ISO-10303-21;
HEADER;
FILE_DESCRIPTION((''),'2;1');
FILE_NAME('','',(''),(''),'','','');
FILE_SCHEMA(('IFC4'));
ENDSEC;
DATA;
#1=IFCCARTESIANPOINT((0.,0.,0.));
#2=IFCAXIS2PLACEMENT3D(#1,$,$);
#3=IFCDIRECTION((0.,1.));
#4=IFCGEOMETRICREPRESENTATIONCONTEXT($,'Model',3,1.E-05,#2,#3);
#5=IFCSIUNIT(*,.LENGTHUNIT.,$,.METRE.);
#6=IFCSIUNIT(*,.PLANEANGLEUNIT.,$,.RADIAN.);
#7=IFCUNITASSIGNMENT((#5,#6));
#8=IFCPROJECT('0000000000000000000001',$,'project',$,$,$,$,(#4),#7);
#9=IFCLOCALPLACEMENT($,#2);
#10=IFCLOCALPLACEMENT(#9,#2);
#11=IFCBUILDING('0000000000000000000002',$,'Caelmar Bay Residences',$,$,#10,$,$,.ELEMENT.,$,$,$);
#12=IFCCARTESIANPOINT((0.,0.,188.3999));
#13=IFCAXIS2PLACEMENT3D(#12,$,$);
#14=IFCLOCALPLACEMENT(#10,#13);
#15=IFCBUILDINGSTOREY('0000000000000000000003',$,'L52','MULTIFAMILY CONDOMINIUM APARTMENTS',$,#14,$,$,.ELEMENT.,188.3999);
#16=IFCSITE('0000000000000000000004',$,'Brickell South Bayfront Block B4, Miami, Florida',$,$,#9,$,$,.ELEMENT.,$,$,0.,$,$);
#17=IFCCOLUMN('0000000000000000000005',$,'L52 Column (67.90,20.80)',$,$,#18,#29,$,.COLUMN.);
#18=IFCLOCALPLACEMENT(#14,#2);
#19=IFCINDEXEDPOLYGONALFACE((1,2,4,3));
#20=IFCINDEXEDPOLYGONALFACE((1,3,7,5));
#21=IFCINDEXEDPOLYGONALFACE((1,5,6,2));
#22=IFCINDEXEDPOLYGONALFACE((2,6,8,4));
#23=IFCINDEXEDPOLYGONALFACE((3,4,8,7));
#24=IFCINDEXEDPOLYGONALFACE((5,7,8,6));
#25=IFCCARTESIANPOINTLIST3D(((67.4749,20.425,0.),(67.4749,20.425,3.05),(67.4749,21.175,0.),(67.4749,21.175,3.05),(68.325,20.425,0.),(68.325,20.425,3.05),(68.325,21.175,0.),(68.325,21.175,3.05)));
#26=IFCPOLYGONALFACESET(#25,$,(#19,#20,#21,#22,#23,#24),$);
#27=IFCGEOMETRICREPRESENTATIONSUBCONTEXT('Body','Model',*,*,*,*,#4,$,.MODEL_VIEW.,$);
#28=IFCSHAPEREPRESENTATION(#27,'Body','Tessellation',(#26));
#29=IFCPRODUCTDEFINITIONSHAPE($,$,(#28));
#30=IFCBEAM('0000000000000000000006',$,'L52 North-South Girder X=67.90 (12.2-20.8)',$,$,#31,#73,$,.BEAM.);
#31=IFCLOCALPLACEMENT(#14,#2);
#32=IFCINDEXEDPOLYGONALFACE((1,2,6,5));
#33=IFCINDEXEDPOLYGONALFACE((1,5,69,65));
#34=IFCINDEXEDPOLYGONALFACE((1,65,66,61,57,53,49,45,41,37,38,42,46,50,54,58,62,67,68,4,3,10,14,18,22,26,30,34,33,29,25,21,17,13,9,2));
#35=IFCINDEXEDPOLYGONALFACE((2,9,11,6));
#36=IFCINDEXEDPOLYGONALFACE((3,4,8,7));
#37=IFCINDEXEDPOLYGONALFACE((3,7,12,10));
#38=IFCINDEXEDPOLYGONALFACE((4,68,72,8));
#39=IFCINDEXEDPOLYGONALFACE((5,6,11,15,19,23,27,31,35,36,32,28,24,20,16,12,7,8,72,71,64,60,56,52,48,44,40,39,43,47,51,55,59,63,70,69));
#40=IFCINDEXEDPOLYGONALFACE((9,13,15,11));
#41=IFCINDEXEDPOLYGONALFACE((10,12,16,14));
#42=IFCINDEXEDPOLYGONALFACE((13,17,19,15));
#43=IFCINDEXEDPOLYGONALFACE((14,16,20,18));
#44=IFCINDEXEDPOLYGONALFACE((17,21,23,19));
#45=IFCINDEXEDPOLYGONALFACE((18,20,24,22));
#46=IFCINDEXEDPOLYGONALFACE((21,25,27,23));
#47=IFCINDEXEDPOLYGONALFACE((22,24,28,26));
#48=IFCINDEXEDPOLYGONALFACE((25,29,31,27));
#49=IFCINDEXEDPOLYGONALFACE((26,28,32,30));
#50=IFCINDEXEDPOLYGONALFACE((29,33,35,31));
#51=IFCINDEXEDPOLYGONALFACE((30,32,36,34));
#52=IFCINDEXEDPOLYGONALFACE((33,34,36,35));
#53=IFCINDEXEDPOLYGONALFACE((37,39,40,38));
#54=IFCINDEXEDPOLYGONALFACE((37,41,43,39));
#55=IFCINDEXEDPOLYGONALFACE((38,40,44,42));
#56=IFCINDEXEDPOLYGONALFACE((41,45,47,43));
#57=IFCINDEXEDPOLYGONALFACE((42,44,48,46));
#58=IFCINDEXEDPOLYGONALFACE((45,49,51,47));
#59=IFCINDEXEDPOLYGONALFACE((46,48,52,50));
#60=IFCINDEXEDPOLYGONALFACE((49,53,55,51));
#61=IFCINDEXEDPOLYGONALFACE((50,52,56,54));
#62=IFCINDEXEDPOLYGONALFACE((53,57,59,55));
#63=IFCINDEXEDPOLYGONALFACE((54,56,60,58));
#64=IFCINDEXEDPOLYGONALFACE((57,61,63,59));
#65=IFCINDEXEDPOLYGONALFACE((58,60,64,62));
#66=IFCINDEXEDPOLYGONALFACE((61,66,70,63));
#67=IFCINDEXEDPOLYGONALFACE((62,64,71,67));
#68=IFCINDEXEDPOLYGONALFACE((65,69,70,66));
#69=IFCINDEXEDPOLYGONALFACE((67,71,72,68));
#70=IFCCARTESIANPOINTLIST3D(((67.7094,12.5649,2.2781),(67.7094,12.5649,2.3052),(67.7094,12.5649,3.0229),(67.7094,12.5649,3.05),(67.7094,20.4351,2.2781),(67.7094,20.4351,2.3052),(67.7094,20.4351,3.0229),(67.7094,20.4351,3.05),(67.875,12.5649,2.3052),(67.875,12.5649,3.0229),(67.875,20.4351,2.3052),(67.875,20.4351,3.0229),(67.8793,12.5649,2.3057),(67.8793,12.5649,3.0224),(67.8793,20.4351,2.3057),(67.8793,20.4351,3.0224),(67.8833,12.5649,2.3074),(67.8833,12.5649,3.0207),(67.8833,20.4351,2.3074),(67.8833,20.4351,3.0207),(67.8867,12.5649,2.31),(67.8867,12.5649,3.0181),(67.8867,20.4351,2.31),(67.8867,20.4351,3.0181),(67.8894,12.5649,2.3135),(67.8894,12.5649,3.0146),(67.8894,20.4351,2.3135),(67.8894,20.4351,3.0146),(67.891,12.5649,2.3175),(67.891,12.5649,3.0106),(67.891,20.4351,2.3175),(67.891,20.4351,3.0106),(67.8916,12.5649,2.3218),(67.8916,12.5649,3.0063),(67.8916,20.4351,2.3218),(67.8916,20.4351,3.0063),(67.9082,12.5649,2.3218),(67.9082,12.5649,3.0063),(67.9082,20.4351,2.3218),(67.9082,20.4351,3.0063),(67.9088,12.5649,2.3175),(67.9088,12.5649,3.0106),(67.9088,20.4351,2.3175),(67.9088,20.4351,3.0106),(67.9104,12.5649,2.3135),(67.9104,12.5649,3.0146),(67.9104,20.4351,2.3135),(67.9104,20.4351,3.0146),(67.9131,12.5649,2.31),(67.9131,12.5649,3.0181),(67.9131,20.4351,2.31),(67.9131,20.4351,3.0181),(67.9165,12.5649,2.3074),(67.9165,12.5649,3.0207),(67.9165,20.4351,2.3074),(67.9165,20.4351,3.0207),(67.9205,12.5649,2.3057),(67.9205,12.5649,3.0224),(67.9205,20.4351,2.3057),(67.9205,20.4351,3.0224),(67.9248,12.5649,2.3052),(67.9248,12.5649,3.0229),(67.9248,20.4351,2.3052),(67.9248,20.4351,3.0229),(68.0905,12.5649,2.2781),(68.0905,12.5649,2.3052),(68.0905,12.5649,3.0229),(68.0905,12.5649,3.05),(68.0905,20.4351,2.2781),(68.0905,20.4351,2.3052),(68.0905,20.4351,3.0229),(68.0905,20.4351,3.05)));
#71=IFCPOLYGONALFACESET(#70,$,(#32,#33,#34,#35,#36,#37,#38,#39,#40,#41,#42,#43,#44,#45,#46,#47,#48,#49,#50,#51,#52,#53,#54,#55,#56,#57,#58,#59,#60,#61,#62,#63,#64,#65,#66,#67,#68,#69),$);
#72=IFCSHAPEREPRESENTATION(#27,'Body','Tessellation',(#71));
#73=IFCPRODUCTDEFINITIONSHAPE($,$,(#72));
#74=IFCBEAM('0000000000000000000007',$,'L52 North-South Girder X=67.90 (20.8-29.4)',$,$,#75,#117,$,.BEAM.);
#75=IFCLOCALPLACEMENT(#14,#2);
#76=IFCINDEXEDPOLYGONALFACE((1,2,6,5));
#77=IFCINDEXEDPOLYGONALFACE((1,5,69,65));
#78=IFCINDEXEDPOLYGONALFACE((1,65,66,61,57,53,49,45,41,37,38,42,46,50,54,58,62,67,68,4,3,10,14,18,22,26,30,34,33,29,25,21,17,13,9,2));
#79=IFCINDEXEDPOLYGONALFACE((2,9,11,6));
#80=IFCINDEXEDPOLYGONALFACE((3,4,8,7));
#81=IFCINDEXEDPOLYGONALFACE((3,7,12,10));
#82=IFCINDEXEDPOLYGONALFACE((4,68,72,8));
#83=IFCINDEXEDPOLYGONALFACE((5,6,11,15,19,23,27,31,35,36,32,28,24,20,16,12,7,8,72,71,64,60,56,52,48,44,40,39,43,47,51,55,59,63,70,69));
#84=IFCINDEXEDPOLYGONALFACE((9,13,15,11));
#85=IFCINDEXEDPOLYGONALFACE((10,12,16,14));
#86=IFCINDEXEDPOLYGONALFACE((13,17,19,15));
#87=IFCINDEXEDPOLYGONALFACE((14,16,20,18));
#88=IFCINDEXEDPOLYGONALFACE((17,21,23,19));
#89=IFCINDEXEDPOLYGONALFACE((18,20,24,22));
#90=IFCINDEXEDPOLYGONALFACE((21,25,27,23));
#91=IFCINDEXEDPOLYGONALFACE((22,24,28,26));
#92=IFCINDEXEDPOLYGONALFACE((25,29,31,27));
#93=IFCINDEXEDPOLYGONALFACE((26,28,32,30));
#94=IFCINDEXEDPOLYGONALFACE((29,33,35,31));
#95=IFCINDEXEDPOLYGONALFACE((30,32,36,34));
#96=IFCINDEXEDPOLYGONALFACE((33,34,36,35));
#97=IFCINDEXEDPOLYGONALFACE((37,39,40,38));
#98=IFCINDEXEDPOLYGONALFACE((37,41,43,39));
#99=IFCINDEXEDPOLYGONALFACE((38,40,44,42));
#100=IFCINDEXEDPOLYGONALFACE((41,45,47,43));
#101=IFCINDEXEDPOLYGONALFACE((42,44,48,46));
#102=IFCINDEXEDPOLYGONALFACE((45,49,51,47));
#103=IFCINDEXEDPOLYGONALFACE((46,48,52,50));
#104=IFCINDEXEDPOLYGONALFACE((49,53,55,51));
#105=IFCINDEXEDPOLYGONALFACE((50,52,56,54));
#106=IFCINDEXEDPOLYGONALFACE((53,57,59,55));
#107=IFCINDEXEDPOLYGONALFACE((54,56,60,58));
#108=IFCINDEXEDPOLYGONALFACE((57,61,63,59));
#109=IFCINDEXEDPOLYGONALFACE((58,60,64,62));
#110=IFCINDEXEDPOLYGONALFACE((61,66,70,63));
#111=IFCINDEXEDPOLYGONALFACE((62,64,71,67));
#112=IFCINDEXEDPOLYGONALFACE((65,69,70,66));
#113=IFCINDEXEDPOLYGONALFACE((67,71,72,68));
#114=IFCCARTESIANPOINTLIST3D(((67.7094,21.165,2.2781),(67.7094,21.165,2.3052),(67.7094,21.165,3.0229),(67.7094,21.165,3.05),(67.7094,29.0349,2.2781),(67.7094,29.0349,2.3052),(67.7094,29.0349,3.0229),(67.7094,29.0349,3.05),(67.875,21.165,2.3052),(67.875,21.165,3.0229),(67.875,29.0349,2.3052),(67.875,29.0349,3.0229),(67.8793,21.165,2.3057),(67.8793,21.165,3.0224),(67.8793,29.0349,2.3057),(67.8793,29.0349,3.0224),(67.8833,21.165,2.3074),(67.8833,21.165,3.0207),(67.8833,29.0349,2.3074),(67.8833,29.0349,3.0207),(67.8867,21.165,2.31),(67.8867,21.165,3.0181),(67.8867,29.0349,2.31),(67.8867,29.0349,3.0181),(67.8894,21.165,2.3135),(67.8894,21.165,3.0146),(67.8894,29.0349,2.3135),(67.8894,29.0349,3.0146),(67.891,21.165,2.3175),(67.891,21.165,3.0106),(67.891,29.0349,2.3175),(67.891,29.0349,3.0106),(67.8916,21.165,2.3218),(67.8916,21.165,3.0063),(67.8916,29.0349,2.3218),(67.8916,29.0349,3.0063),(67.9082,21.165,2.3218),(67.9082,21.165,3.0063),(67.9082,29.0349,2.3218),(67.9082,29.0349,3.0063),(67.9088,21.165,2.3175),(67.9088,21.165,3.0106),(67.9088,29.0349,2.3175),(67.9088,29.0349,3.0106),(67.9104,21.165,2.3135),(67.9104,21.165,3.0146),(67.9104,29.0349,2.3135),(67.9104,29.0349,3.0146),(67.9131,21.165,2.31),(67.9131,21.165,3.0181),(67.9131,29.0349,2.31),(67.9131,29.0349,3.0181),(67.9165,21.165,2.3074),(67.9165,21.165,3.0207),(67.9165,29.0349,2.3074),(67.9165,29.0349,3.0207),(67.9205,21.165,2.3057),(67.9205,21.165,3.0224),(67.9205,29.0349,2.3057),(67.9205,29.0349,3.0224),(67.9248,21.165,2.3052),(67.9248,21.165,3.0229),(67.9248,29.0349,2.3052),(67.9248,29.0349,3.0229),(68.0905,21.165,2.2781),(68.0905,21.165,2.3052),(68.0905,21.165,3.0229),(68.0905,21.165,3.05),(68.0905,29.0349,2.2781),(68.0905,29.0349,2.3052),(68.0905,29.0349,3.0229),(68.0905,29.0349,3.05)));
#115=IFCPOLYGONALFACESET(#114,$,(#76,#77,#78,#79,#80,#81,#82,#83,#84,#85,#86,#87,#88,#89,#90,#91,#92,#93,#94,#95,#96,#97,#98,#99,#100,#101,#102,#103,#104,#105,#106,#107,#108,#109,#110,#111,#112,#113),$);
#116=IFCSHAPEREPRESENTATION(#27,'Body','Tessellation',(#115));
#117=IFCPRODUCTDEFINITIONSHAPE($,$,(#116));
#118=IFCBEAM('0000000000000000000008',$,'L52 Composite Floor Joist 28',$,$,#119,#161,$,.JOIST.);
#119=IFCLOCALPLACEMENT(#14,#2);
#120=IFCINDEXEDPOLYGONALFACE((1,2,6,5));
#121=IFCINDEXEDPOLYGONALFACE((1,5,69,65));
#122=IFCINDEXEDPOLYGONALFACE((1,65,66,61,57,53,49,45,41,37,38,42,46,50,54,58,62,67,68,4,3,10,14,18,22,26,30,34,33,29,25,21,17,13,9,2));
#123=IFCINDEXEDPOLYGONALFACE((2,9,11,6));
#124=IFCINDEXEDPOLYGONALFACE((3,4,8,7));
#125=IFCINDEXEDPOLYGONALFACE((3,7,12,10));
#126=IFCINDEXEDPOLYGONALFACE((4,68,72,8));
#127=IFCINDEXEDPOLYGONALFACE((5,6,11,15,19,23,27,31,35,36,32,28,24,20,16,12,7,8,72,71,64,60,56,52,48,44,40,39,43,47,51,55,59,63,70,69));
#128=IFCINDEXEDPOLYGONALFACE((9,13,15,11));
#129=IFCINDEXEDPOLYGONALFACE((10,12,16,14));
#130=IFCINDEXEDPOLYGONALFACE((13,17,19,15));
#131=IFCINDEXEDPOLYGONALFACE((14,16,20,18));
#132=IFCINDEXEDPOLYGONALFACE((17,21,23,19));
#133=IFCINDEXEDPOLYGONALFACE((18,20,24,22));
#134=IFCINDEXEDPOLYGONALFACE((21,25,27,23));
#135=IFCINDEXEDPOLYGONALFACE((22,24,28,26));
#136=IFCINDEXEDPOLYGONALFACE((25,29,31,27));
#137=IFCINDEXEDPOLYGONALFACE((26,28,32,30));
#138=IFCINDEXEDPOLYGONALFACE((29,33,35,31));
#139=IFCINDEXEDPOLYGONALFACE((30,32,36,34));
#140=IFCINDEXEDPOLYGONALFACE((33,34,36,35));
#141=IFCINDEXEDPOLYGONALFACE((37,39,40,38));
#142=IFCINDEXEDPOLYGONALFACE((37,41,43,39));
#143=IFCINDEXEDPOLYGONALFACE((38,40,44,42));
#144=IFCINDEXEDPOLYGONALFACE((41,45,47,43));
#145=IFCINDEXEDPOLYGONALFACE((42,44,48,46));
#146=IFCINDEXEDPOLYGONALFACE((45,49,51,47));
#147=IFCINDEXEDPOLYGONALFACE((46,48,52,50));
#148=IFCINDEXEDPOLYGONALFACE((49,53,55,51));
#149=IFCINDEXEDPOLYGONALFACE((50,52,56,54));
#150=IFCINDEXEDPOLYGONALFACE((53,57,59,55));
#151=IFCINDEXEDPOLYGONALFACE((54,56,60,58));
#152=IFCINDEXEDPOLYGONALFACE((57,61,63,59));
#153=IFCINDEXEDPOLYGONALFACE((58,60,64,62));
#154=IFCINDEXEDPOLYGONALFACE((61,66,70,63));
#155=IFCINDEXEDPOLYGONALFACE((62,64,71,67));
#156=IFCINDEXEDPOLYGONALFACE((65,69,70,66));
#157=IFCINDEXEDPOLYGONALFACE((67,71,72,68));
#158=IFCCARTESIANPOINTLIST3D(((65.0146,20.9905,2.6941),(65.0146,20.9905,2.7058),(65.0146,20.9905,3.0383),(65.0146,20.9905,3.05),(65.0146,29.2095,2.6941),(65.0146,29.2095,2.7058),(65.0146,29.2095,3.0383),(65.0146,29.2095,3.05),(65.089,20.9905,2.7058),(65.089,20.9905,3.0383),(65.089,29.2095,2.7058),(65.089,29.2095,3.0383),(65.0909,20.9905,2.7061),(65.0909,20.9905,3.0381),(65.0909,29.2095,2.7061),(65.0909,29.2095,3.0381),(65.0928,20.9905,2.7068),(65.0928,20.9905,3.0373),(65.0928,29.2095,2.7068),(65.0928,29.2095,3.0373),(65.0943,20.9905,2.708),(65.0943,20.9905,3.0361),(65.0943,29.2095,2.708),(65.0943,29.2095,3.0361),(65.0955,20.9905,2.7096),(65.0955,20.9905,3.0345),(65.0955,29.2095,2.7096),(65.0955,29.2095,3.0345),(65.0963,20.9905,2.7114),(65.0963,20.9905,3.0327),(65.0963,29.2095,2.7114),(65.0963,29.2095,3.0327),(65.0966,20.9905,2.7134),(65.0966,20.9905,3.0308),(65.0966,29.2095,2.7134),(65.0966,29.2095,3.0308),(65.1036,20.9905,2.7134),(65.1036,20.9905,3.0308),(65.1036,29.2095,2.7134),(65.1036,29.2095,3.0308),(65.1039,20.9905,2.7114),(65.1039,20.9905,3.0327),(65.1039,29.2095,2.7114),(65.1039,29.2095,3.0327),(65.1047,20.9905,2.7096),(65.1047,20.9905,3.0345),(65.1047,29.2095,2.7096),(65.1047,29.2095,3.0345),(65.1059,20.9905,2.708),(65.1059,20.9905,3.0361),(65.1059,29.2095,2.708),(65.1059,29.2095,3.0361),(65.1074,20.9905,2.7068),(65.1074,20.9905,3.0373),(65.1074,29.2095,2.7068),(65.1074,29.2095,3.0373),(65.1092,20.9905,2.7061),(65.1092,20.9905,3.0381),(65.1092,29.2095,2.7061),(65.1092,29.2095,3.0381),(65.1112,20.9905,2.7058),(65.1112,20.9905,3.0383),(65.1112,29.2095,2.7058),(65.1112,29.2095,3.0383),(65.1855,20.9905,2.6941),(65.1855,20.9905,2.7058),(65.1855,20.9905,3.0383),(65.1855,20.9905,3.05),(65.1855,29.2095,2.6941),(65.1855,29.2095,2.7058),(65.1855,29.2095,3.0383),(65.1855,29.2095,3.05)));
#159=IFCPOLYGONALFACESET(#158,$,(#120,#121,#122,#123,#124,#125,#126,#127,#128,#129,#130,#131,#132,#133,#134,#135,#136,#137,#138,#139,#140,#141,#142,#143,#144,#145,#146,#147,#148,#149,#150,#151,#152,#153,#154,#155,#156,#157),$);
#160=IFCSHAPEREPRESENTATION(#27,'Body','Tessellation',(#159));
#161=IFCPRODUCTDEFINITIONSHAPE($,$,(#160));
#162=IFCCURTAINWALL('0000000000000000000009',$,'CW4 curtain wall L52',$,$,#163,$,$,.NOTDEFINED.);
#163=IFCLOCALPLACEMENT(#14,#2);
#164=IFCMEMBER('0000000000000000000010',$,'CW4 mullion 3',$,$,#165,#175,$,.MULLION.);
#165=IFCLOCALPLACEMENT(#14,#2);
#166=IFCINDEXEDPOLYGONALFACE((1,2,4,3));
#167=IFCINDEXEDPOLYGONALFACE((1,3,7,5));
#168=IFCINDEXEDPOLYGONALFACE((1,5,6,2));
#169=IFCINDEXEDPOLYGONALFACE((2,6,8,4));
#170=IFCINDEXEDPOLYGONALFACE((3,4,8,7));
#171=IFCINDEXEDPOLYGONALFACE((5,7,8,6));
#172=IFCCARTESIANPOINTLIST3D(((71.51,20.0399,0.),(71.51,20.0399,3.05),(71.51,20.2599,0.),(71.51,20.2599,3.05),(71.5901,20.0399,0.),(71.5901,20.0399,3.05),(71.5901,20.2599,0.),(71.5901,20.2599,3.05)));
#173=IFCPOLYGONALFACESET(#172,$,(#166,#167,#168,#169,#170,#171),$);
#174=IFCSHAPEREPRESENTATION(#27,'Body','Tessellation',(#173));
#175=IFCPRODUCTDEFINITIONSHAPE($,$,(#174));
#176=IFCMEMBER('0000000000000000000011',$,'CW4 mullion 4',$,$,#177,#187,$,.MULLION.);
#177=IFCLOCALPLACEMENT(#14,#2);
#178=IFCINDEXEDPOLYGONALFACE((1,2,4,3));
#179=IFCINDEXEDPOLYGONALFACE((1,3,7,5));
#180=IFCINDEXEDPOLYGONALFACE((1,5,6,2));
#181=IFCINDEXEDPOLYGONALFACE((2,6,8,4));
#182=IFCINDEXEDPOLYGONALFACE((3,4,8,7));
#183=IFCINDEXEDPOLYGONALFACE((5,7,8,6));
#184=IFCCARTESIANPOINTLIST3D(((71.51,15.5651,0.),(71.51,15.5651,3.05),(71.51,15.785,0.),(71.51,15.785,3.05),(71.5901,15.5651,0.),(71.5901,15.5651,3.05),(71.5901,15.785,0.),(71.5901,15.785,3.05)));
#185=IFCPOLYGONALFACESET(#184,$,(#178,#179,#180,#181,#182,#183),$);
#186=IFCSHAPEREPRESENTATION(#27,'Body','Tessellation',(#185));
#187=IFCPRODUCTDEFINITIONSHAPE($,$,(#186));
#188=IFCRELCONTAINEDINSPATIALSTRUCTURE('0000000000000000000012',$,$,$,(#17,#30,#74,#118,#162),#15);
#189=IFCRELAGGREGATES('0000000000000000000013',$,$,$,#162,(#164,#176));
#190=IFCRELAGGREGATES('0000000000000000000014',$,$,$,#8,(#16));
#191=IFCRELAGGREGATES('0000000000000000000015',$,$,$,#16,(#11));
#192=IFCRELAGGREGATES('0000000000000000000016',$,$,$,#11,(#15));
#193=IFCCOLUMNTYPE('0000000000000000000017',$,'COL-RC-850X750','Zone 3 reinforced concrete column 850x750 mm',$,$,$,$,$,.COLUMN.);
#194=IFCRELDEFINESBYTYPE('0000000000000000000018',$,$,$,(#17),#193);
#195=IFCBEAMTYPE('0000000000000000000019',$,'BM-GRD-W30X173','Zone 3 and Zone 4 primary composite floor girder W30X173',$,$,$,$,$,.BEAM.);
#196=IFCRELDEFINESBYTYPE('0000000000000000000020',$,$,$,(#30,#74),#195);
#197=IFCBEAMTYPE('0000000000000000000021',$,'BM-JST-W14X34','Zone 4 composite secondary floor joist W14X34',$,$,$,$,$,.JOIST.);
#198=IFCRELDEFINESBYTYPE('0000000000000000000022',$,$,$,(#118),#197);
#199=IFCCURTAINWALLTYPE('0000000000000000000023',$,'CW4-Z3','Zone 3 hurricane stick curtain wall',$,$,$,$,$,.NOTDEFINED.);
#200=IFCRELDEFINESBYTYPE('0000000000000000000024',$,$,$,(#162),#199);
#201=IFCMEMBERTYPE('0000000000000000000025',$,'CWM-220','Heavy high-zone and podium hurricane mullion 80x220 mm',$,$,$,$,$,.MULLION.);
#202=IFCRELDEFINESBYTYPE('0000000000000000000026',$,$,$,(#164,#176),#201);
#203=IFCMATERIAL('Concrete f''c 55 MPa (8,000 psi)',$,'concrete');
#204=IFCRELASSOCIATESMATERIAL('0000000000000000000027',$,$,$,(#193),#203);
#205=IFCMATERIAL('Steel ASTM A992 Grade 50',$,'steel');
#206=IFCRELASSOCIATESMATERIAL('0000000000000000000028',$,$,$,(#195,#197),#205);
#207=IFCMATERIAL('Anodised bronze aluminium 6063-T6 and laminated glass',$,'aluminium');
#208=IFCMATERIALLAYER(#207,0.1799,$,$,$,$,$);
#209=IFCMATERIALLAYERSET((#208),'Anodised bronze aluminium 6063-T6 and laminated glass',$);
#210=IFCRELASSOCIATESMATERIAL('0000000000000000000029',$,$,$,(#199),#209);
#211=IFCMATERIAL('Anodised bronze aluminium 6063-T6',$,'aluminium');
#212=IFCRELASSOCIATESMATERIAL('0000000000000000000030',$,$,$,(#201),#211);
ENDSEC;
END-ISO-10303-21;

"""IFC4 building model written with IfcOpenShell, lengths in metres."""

from ifc_helpers import new_model, si_unit, direction, frame, origin, origin_2d, place, context, subcontext, project, spatial, rectangle, i_section, extrude, material, layer, layer_set, material_profile, profile_set, type_object, element, aggregate, save


model = new_model("IFC4")

# Units and contexts
model_context = context("Model", 3, precision=1e-05, world=origin(), true_north=direction((0.0, 1.0)))
body_context = subcontext(model_context, "Body", "Model", "MODEL_VIEW")
ifc_project = project(units=[si_unit("LENGTHUNIT", "METRE"), si_unit("PLANEANGLEUNIT", "RADIAN")], contexts=[model_context])

# Site, building, storey
site_placement = place(None, origin())
site = spatial("IfcSite", under=ifc_project, at=site_placement, Name="Brickell South Bayfront Block B4, Miami, Florida", CompositionType="ELEMENT", RefElevation=0.0)
building_placement = place(site_placement, origin())
building = spatial("IfcBuilding", under=site, at=building_placement, Name="Caelmar Bay Residences", CompositionType="ELEMENT")
storey_placement = place(building_placement, frame((0.0, 0.0, 188.3999)))
storey = spatial("IfcBuildingStorey", under=building, at=storey_placement, Name="L52", Description="MULTIFAMILY CONDOMINIUM APARTMENTS", CompositionType="ELEMENT", Elevation=188.3999)

# Column
ifc_material_1 = material(Name="Concrete f'c 55 MPa (8,000 psi)", Category="concrete")
ifc_material_profile_1 = material_profile(ifc_material_1, rectangle(XDim=0.8501, YDim=0.75, at=origin_2d()), Name="RC-COL-850X750")
ifc_profile_set_1 = profile_set([ifc_material_profile_1], Name="Concrete f'c 55 MPa (8,000 psi)")
column_type = type_object("IfcColumnType", Name="COL-RC-850X750", Description="Zone 3 reinforced concrete column 850x750 mm", PredefinedType="COLUMN", material=ifc_profile_set_1)
column_placement = place(storey_placement, frame((67.8999, 20.8, 0.0), z_axis=(0.0, 0.0, 1.0), x_axis=(1.0, 0.0, 0.0)))
element("IfcColumn", 1, at=column_placement, inside=storey, type_object=column_type, Name="L52 Column (67.90,20.80)", PredefinedType="COLUMN", context=body_context, shape_type="SweptSolid", body=[
    extrude(rectangle(XDim=0.8501, YDim=0.75, at=origin_2d()), origin(), (0.0, 0.0, 1.0), 3.05),
])

# Beams
ifc_material_2 = material(Name="Steel ASTM A992 Grade 50", Category="steel")
ifc_material_profile_2 = material_profile(ifc_material_2, i_section(OverallWidth=0.3811, OverallDepth=0.772, WebThickness=0.0166, FlangeThickness=0.0271, FilletRadius=0.0166, at=origin_2d()), Name="W30X173")
ifc_profile_set_2 = profile_set([ifc_material_profile_2], Name="Steel ASTM A992 Grade 50")
beam_type_1 = type_object("IfcBeamType", Name="BM-GRD-W30X173", Description="Zone 3 and Zone 4 primary composite floor girder W30X173", PredefinedType="BEAM", material=ifc_profile_set_2)
beam_1_placement = place(storey_placement, frame((67.8999, 12.5649, 2.6641), z_axis=(0.0, 1.0, 0.0), x_axis=(-1.0, 0.0, 0.0)))
element("IfcBeam", 2, at=beam_1_placement, inside=storey, type_object=beam_type_1, Name="L52 North-South Girder X=67.90 (12.2-20.8)", PredefinedType="BEAM", context=body_context, shape_type="SweptSolid", body=[
    extrude(i_section(OverallWidth=0.3811, OverallDepth=0.772, WebThickness=0.0166, FlangeThickness=0.0271, FilletRadius=0.0166, at=origin_2d()), origin(), (0.0, 0.0, 1.0), 7.8701),
])
beam_2_placement = place(storey_placement, frame((67.8999, 21.165, 2.6641), z_axis=(0.0, 1.0, 0.0), x_axis=(-1.0, 0.0, 0.0)))
element("IfcBeam", 3, at=beam_2_placement, inside=storey, type_object=beam_type_1, Name="L52 North-South Girder X=67.90 (20.8-29.4)", PredefinedType="BEAM", context=body_context, shape_type="SweptSolid", body=[
    extrude(i_section(OverallWidth=0.3811, OverallDepth=0.772, WebThickness=0.0166, FlangeThickness=0.0271, FilletRadius=0.0166, at=origin_2d()), origin(), (0.0, 0.0, 1.0), 7.8699),
])
ifc_material_profile_3 = material_profile(ifc_material_2, i_section(OverallWidth=0.1709, OverallDepth=0.356, WebThickness=0.0071, FlangeThickness=0.0117, FilletRadius=0.0076, at=origin_2d()), Name="W14X34")
ifc_profile_set_3 = profile_set([ifc_material_profile_3], Name="Steel ASTM A992 Grade 50")
beam_type_2 = type_object("IfcBeamType", Name="BM-JST-W14X34", Description="Zone 4 composite secondary floor joist W14X34", PredefinedType="JOIST", material=ifc_profile_set_3)
beam_3_placement = place(storey_placement, frame((65.1001, 20.9905, 2.8721), z_axis=(0.0, 1.0, 0.0), x_axis=(-1.0, 0.0, 0.0)))
element("IfcBeam", 4, at=beam_3_placement, inside=storey, type_object=beam_type_2, Name="L52 Composite Floor Joist 28", PredefinedType="JOIST", context=body_context, shape_type="SweptSolid", body=[
    extrude(i_section(OverallWidth=0.1709, OverallDepth=0.356, WebThickness=0.0071, FlangeThickness=0.0117, FilletRadius=0.0076, at=origin_2d()), origin(), (0.0, 0.0, 1.0), 8.219),
])

# Curtain wall, members
ifc_material_3 = material(Name="Anodised bronze aluminium 6063-T6 and laminated glass", Category="aluminium")
ifc_layer_1 = layer(ifc_material_3, 0.1799)
ifc_layer_set_1 = layer_set([ifc_layer_1], Name="Anodised bronze aluminium 6063-T6 and laminated glass")
curtain_wall_type = type_object("IfcCurtainWallType", Name="CW4-Z3", Description="Zone 3 hurricane stick curtain wall", PredefinedType="NOTDEFINED", material=ifc_layer_set_1)
curtain_wall_placement = place(storey_placement, origin())
curtain_wall = element("IfcCurtainWall", 5, at=curtain_wall_placement, inside=storey, type_object=curtain_wall_type, Name="CW4 curtain wall L52", PredefinedType="NOTDEFINED")
ifc_material_4 = material(Name="Anodised bronze aluminium 6063-T6", Category="aluminium")
ifc_material_profile_4 = material_profile(ifc_material_4, rectangle(XDim=0.0801, YDim=0.22, at=origin_2d()), Name="CWM-80X220")
ifc_profile_set_4 = profile_set([ifc_material_profile_4], Name="Anodised bronze aluminium 6063-T6")
member_type_1 = type_object("IfcMemberType", Name="CWM-220", Description="Heavy high-zone and podium hurricane mullion 80x220 mm", PredefinedType="MULLION", material=ifc_profile_set_4)
member_1_placement = place(storey_placement, frame((71.55, 20.1499, 0.0), z_axis=(0.0, 0.0, 1.0), x_axis=(1.0, 0.0, 0.0)))
member_1 = element("IfcMember", 6, at=member_1_placement, type_object=member_type_1, Name="CW4 mullion 3", PredefinedType="MULLION", context=body_context, shape_type="SweptSolid", body=[
    extrude(rectangle(XDim=0.0801, YDim=0.22, at=origin_2d()), origin(), (0.0, 0.0, 1.0), 3.05),
])
member_2_placement = place(storey_placement, frame((71.55, 15.675, 0.0), z_axis=(0.0, 0.0, 1.0), x_axis=(1.0, 0.0, 0.0)))
member_2 = element("IfcMember", 7, at=member_2_placement, type_object=member_type_1, Name="CW4 mullion 4", PredefinedType="MULLION", context=body_context, shape_type="SweptSolid", body=[
    extrude(rectangle(XDim=0.0801, YDim=0.22, at=origin_2d()), origin(), (0.0, 0.0, 1.0), 3.05),
])
aggregate(curtain_wall, [member_1, member_2])

save(model, "model.ifc")
